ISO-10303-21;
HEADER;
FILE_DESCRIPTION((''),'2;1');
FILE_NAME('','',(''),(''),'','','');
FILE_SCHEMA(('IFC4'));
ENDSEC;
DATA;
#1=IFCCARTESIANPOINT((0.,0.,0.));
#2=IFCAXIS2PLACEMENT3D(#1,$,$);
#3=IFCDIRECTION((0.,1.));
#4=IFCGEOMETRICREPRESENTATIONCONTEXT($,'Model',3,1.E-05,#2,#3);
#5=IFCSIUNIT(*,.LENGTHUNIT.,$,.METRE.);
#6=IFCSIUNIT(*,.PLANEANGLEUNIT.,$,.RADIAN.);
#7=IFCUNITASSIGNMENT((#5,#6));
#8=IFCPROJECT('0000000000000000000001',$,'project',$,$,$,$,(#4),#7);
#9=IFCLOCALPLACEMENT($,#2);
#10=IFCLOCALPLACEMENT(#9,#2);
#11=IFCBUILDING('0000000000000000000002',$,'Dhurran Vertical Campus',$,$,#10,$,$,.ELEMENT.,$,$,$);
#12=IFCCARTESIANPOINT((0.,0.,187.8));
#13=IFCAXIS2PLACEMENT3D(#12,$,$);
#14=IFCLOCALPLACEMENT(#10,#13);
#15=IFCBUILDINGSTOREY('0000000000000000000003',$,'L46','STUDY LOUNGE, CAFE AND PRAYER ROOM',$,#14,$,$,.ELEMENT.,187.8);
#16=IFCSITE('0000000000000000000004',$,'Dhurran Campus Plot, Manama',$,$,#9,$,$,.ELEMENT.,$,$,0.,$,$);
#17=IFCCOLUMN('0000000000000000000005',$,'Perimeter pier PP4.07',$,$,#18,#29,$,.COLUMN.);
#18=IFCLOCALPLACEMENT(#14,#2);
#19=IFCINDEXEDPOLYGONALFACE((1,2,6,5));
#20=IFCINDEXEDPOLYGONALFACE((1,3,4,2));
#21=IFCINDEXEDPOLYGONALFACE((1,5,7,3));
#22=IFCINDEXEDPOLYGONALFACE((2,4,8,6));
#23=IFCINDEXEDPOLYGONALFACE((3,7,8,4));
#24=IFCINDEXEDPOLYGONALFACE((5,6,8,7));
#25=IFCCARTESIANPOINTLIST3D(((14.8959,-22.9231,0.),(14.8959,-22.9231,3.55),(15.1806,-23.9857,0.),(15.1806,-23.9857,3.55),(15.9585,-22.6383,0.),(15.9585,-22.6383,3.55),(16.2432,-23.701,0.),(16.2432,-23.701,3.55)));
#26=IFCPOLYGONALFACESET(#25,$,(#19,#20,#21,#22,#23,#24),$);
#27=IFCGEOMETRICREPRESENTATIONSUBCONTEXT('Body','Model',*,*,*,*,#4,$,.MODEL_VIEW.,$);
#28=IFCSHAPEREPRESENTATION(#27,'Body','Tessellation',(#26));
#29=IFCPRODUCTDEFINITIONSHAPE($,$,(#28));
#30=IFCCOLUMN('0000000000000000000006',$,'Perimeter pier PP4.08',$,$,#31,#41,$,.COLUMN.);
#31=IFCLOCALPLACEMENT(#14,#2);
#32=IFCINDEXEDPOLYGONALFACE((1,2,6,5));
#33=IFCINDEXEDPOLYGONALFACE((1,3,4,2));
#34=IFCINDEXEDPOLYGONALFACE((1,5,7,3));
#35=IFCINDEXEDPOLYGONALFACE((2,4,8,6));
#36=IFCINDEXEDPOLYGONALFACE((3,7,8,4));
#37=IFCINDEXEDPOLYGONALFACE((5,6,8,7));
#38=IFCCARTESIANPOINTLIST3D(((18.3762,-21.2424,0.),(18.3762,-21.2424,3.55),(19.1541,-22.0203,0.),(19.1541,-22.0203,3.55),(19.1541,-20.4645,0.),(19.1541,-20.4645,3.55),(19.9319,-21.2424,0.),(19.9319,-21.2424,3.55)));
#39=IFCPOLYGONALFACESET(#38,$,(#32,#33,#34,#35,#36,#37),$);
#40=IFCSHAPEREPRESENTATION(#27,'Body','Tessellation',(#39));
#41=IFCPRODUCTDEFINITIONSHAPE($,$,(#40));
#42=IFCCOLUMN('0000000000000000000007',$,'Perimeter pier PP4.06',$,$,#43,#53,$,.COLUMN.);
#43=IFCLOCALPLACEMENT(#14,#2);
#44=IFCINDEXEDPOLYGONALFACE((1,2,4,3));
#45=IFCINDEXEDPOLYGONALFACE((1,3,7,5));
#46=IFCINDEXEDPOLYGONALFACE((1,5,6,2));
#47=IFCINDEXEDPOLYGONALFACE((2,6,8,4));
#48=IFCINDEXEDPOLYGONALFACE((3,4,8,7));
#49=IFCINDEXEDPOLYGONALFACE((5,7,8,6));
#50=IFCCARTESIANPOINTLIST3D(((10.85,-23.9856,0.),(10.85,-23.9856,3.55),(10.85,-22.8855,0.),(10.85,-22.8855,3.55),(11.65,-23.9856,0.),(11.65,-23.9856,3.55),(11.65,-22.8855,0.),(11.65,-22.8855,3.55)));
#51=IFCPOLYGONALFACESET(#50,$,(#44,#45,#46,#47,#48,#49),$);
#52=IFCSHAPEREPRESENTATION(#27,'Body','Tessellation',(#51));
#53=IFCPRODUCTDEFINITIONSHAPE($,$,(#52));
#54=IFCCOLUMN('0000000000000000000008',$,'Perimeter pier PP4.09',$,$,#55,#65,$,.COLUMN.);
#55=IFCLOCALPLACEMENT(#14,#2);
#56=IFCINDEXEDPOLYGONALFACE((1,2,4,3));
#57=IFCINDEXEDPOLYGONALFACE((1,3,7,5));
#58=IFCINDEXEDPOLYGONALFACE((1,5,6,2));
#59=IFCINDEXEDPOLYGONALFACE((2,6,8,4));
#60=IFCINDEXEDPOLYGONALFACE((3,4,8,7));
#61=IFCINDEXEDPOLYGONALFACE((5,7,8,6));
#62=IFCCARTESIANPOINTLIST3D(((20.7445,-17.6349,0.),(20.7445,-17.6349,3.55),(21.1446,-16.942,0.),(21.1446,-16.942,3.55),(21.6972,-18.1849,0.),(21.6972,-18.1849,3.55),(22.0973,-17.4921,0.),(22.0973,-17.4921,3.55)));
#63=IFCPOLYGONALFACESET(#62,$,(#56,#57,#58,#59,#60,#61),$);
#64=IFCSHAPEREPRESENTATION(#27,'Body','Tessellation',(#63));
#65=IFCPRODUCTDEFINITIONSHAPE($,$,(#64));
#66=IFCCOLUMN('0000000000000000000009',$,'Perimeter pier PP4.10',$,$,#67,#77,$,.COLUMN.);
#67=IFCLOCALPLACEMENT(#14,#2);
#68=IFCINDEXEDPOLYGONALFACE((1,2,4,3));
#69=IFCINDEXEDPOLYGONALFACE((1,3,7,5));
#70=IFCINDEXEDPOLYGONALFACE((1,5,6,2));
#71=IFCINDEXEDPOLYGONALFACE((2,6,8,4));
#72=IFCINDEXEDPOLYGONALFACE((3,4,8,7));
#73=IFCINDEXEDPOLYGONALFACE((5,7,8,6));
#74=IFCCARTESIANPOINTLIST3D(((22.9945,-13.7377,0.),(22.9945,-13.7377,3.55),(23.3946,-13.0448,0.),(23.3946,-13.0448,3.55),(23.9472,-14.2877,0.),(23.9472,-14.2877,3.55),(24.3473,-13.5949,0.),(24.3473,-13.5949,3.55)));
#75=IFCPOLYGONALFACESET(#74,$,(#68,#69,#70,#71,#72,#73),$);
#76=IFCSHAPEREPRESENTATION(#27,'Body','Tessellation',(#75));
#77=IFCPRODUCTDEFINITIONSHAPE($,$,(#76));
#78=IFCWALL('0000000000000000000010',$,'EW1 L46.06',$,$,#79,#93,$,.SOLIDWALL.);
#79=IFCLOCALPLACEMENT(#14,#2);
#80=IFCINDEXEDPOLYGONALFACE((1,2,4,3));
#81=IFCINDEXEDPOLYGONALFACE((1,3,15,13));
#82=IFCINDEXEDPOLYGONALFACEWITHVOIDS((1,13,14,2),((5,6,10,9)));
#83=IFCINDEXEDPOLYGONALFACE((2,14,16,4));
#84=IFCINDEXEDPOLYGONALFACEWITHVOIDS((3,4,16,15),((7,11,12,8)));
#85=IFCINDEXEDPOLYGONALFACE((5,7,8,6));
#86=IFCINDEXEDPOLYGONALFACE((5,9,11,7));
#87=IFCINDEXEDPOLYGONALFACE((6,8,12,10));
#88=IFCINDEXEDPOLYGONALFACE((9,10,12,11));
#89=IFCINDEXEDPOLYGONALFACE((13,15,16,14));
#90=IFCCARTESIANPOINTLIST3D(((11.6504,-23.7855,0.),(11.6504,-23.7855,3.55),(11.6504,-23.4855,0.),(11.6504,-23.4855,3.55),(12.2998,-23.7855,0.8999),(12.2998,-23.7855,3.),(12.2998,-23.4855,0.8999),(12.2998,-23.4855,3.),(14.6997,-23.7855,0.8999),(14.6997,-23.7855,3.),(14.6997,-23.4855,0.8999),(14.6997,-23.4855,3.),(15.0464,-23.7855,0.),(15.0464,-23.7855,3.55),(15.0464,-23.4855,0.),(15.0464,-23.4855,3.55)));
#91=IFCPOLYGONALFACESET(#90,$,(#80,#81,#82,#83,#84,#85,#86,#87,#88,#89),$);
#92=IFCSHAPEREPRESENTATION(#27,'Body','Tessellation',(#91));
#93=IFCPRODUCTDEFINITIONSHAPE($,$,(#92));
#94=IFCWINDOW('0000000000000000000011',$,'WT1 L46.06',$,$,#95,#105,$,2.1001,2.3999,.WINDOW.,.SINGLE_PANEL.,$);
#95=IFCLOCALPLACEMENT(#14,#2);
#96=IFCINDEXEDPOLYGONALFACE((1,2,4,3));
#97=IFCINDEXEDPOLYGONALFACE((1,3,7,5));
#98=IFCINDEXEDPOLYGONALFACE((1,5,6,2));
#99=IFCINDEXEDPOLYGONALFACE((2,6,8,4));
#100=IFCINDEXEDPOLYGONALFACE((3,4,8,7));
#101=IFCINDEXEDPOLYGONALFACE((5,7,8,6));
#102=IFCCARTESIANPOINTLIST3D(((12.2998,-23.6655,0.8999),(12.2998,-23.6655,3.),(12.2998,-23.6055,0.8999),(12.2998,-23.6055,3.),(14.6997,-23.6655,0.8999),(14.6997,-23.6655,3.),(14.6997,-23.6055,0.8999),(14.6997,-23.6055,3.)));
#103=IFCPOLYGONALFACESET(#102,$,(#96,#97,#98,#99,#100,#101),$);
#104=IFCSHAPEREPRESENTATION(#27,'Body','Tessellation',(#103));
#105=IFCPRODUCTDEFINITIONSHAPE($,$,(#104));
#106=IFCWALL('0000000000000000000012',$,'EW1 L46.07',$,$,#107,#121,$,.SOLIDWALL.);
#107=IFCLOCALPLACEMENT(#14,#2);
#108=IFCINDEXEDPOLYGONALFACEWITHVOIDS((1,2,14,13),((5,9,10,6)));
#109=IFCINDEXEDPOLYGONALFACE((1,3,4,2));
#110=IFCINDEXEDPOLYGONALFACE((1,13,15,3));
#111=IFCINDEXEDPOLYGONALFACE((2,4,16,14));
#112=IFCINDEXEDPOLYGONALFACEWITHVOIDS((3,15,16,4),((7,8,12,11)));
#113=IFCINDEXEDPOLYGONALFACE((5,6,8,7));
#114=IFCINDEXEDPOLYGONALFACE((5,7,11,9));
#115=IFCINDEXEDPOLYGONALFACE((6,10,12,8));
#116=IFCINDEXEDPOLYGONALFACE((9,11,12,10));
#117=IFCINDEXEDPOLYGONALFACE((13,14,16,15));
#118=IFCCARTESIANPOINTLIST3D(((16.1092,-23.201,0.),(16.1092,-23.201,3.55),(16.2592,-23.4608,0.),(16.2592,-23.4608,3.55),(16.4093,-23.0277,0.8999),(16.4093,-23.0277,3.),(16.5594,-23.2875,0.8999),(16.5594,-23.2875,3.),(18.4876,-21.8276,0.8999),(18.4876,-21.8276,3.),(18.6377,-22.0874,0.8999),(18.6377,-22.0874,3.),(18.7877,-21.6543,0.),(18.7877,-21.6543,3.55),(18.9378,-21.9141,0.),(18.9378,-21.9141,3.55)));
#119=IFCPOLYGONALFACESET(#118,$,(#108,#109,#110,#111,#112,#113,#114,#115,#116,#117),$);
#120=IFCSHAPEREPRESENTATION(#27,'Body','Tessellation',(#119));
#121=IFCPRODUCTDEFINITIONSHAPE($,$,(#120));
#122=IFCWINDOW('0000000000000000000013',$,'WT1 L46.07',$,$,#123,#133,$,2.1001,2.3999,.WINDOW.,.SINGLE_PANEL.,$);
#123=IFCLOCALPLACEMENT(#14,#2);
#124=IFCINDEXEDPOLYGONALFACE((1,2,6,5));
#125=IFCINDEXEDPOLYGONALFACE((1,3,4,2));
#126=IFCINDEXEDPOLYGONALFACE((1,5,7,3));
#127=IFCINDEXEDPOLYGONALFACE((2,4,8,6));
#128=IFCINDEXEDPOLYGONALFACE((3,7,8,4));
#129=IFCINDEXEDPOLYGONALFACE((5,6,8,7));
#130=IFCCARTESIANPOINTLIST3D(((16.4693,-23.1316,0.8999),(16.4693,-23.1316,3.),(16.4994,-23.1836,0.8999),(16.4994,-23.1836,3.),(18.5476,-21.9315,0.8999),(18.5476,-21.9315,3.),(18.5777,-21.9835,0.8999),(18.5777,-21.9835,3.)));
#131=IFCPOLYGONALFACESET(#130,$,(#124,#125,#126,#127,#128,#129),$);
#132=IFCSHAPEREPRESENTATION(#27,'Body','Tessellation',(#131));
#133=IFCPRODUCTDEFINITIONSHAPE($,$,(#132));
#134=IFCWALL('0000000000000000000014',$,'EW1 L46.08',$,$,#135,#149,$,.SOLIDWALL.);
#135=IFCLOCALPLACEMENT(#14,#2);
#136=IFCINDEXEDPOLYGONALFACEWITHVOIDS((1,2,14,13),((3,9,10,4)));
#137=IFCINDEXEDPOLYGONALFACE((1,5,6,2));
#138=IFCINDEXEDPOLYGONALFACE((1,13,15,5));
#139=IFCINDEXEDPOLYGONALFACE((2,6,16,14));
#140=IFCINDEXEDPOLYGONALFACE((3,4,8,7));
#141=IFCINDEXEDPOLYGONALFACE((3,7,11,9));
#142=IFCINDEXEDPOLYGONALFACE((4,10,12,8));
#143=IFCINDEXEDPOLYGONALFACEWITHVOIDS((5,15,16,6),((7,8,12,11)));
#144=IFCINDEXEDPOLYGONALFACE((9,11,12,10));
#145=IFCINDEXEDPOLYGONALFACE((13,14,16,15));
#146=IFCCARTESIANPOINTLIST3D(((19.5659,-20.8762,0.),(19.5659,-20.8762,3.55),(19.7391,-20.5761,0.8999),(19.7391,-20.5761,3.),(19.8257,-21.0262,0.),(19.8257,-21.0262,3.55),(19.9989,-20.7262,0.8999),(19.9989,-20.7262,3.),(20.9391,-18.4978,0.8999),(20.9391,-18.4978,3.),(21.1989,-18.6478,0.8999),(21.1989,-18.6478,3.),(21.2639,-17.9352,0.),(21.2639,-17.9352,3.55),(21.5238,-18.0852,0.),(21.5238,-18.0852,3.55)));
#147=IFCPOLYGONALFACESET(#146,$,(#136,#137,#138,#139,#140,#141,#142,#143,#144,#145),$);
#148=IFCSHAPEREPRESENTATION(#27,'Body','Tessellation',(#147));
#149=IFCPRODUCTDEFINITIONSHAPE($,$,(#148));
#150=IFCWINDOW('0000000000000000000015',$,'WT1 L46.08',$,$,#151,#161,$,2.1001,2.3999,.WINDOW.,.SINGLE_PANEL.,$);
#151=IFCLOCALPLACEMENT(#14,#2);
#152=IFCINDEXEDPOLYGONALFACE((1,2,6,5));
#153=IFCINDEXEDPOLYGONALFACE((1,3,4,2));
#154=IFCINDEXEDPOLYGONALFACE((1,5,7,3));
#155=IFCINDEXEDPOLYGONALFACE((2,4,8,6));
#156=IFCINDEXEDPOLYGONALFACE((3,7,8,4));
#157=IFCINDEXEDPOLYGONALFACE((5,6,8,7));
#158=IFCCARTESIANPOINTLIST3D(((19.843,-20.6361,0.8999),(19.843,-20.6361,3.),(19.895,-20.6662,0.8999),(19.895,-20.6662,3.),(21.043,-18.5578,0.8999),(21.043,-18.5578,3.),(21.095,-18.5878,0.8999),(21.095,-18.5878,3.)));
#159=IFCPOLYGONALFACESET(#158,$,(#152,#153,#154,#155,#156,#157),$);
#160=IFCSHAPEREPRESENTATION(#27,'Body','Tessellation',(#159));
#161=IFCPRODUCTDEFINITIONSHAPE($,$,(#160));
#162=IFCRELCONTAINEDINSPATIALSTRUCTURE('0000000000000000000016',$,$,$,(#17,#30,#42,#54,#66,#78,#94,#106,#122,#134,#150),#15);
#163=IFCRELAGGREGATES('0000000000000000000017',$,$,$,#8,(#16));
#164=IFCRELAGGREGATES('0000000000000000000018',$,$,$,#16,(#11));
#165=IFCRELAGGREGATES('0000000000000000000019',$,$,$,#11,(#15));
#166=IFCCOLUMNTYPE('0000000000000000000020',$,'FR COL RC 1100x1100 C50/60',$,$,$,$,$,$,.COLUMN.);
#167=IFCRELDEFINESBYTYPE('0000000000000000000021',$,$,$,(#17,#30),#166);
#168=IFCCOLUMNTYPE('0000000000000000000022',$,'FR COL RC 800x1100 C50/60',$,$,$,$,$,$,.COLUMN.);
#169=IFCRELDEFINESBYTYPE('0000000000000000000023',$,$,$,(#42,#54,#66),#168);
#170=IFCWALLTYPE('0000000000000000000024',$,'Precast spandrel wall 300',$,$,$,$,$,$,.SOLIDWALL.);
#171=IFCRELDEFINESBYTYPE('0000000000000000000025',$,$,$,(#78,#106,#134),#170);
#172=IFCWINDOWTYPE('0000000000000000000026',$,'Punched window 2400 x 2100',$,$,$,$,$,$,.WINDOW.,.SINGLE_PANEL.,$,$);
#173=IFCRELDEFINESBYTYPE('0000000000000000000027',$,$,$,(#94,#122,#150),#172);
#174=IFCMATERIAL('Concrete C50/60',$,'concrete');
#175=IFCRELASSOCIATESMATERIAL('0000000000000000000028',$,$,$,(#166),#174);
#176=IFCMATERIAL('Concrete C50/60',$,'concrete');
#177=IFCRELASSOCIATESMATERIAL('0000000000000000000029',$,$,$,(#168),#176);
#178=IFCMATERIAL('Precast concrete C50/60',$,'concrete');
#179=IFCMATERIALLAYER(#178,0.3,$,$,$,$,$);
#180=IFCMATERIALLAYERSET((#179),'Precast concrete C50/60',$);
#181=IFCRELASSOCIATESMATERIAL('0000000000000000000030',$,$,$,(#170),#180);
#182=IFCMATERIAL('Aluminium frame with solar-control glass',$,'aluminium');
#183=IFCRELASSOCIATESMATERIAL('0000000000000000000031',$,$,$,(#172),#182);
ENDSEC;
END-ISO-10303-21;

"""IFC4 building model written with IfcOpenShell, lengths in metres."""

from ifc_helpers import new_model, si_unit, direction, frame, frame_2d, origin, origin_2d, place, context, subcontext, project, spatial, rectangle, extrude, material, layer, layer_set, material_profile, profile_set, type_object, element, fill, save


model = new_model("IFC4")

# Units and contexts
model_context = context("Model", 3, precision=1e-05, world=origin(), true_north=direction((0.0, 1.0)))
body_context = subcontext(model_context, "Body", "Model", "MODEL_VIEW")
ifc_project = project(units=[si_unit("LENGTHUNIT", "METRE"), si_unit("PLANEANGLEUNIT", "RADIAN")], contexts=[model_context])

# Site, building, storey
site_placement = place(None, origin())
site = spatial("IfcSite", under=ifc_project, at=site_placement, Name="Dhurran Campus Plot, Manama", CompositionType="ELEMENT", RefElevation=0.0)
building_placement = place(site_placement, origin())
building = spatial("IfcBuilding", under=site, at=building_placement, Name="Dhurran Vertical Campus", CompositionType="ELEMENT")
storey_placement = place(building_placement, frame((0.0, 0.0, 187.8)))
storey = spatial("IfcBuildingStorey", under=building, at=storey_placement, Name="L46", Description="STUDY LOUNGE, CAFE AND PRAYER ROOM", CompositionType="ELEMENT", Elevation=187.8)

# Columns
ifc_material_1 = material(Name="Concrete C50/60", Category="concrete")
ifc_material_profile_1 = material_profile(ifc_material_1, rectangle(XDim=1.1001, YDim=1.1001, at=origin_2d()), Name="RC 1100x1100")
ifc_profile_set_1 = profile_set([ifc_material_profile_1], Name="Concrete C50/60")
column_type_1 = type_object("IfcColumnType", Name="FR COL RC 1100x1100 C50/60", PredefinedType="COLUMN", material=ifc_profile_set_1)
for number, where, z_axis, x_axis, name in (
    (1, (15.5696, -23.312, 0.0), (0.0, 0.0, 1.0), (0.965926, 0.258819, 0.0), "Perimeter pier PP4.07"),
    (2, (19.1541, -21.2424, 0.0), (0.0, 0.0, 1.0), (0.707107, 0.707107, 0.0), "Perimeter pier PP4.08"),
):
    element("IfcColumn", number, at=place(storey_placement, frame(where, z_axis=z_axis, x_axis=x_axis)), inside=storey, type_object=column_type_1, Name=name, PredefinedType="COLUMN", context=body_context, shape_type="SweptSolid", body=[
        extrude(rectangle(XDim=1.1001, YDim=1.1001, at=origin_2d()), origin(), (0.0, 0.0, 1.0), 3.55),
    ])
ifc_material_2 = material(Name="Concrete C50/60", Category="concrete")
ifc_material_profile_2 = material_profile(ifc_material_2, rectangle(XDim=0.8, YDim=1.1001, at=origin_2d()), Name="RC 800x1100")
ifc_profile_set_2 = profile_set([ifc_material_profile_2], Name="Concrete C50/60")
column_type_2 = type_object("IfcColumnType", Name="FR COL RC 800x1100 C50/60", PredefinedType="COLUMN", material=ifc_profile_set_2)
for number, where, z_axis, x_axis, name in (
    (3, (11.25, -23.4355, 0.0), (0.0, 0.0, 1.0), (1.0, 0.0, 0.0), "Perimeter pier PP4.06"),
    (4, (21.4209, -17.5635, 0.0), (0.0, 0.0, 1.0), (0.5, 0.866025, 0.0), "Perimeter pier PP4.09"),
    (5, (23.6709, -13.6663, 0.0), (0.0, 0.0, 1.0), (0.5, 0.866025, 0.0), "Perimeter pier PP4.10"),
):
    element("IfcColumn", number, at=place(storey_placement, frame(where, z_axis=z_axis, x_axis=x_axis)), inside=storey, type_object=column_type_2, Name=name, PredefinedType="COLUMN", context=body_context, shape_type="SweptSolid", body=[
        extrude(rectangle(XDim=0.8, YDim=1.1001, at=origin_2d()), origin(), (0.0, 0.0, 1.0), 3.55),
    ])

# Walls, openings, windows
ifc_material_3 = material(Name="Precast concrete C50/60", Category="concrete")
ifc_layer_1 = layer(ifc_material_3, 0.3)
ifc_layer_set_1 = layer_set([ifc_layer_1], Name="Precast concrete C50/60")
wall_type_1 = type_object("IfcWallType", Name="Precast spandrel wall 300", PredefinedType="SOLIDWALL", material=ifc_layer_set_1)
wall_1_placement = place(storey_placement, frame((11.6504, -23.6355, 0.0), z_axis=(0.0, 0.0, 1.0), x_axis=(1.0, 0.0, 0.0)))
wall_1 = element("IfcWall", 6, at=wall_1_placement, inside=storey, type_object=wall_type_1, Name="EW1 L46.06", PredefinedType="SOLIDWALL", context=body_context, shape_type="SweptSolid", body=[
    extrude(rectangle(XDim=3.396, YDim=0.3, at=frame_2d((1.698, 0.0))), origin(), (0.0, 0.0, 1.0), 3.55),
])
opening_1_placement = place(wall_1_placement, frame((0.6494, 0.0, 0.8999)))
opening_1 = element("IfcOpeningElement", 7, at=opening_1_placement, cuts=wall_1, PredefinedType="OPENING", context=body_context, shape_type="SweptSolid", body=[
    extrude(rectangle(XDim=2.3999, YDim=2.1001, at=frame_2d((1.2, 1.05))), frame((0.0, 0.1599, 0.0), z_axis=(0.0, -1.0, 0.0), x_axis=(1.0, 0.0, 0.0)), (0.0, 0.0, 1.0), 0.3201),
])
ifc_material_4 = material(Name="Aluminium frame with solar-control glass", Category="aluminium")
window_type = type_object("IfcWindowType", Name="Punched window 2400 x 2100", PartitioningType="SINGLE_PANEL", PredefinedType="WINDOW", material=ifc_material_4)
window_1_placement = place(opening_1_placement, origin())
window_1 = element("IfcWindow", 8, at=window_1_placement, inside=storey, type_object=window_type, Name="WT1 L46.06", OverallHeight=2.1001, OverallWidth=2.3999, PartitioningType="SINGLE_PANEL", PredefinedType="WINDOW", context=body_context, shape_type="SweptSolid", body=[
    extrude(rectangle(XDim=2.3999, YDim=2.1001, at=frame_2d((1.2, 1.05))), frame((0.0, 0.03, 0.0), z_axis=(0.0, -1.0, 0.0), x_axis=(1.0, 0.0, 0.0)), (0.0, 0.0, 1.0), 0.0601),
])
fill(opening_1, window_1)
wall_2_placement = place(storey_placement, frame((16.1843, -23.3308, 0.0), z_axis=(0.0, 0.0, 1.0), x_axis=(0.865995, 0.500053, 0.0)))
wall_2 = element("IfcWall", 9, at=wall_2_placement, inside=storey, type_object=wall_type_1, Name="EW1 L46.07", PredefinedType="SOLIDWALL", context=body_context, shape_type="SweptSolid", body=[
    extrude(rectangle(XDim=3.093, YDim=0.3, at=frame_2d((1.5464, 0.0))), origin(), (0.0, 0.0, 1.0), 3.55),
])
opening_2_placement = place(wall_2_placement, frame((0.3464, 0.0, 0.8999)))
opening_2 = element("IfcOpeningElement", 10, at=opening_2_placement, cuts=wall_2, PredefinedType="OPENING", context=body_context, shape_type="SweptSolid", body=[
    extrude(rectangle(XDim=2.3999, YDim=2.1001, at=frame_2d((1.2, 1.05))), frame((0.0, 0.1599, 0.0), z_axis=(0.0, -1.0, 0.0), x_axis=(1.0, 0.0, 0.0)), (0.0, 0.0, 1.0), 0.3201),
])
window_2_placement = place(opening_2_placement, origin())
window_2 = element("IfcWindow", 11, at=window_2_placement, inside=storey, type_object=window_type, Name="WT1 L46.07", OverallHeight=2.1001, OverallWidth=2.3999, PartitioningType="SINGLE_PANEL", PredefinedType="WINDOW", context=body_context, shape_type="SweptSolid", body=[
    extrude(rectangle(XDim=2.3999, YDim=2.1001, at=frame_2d((1.2, 1.05))), frame((0.0, 0.03, 0.0), z_axis=(0.0, -1.0, 0.0), x_axis=(1.0, 0.0, 0.0)), (0.0, 0.0, 1.0), 0.0601),
])
fill(opening_2, window_2)
wall_3_placement = place(storey_placement, frame((19.6958, -20.9512, 0.0), z_axis=(0.0, 0.0, 1.0), x_axis=(0.500013, 0.866018, 0.0)))
wall_3 = element("IfcWall", 12, at=wall_3_placement, inside=storey, type_object=wall_type_1, Name="EW1 L46.08", PredefinedType="SOLIDWALL", context=body_context, shape_type="SweptSolid", body=[
    extrude(rectangle(XDim=3.396, YDim=0.3, at=frame_2d((1.698, 0.0))), origin(), (0.0, 0.0, 1.0), 3.55),
])
opening_3_placement = place(wall_3_placement, frame((0.3464, 0.0, 0.8999)))
opening_3 = element("IfcOpeningElement", 13, at=opening_3_placement, cuts=wall_3, PredefinedType="OPENING", context=body_context, shape_type="SweptSolid", body=[
    extrude(rectangle(XDim=2.3999, YDim=2.1001, at=frame_2d((1.2, 1.05))), frame((0.0, 0.1599, 0.0), z_axis=(0.0, -1.0, 0.0), x_axis=(1.0, 0.0, 0.0)), (0.0, 0.0, 1.0), 0.3201),
])
window_3_placement = place(opening_3_placement, origin())
window_3 = element("IfcWindow", 14, at=window_3_placement, inside=storey, type_object=window_type, Name="WT1 L46.08", OverallHeight=2.1001, OverallWidth=2.3999, PartitioningType="SINGLE_PANEL", PredefinedType="WINDOW", context=body_context, shape_type="SweptSolid", body=[
    extrude(rectangle(XDim=2.3999, YDim=2.1001, at=frame_2d((1.2, 1.05))), frame((0.0, 0.03, 0.0), z_axis=(0.0, -1.0, 0.0), x_axis=(1.0, 0.0, 0.0)), (0.0, 0.0, 1.0), 0.0601),
])
fill(opening_3, window_3)

save(model, "model.ifc")
